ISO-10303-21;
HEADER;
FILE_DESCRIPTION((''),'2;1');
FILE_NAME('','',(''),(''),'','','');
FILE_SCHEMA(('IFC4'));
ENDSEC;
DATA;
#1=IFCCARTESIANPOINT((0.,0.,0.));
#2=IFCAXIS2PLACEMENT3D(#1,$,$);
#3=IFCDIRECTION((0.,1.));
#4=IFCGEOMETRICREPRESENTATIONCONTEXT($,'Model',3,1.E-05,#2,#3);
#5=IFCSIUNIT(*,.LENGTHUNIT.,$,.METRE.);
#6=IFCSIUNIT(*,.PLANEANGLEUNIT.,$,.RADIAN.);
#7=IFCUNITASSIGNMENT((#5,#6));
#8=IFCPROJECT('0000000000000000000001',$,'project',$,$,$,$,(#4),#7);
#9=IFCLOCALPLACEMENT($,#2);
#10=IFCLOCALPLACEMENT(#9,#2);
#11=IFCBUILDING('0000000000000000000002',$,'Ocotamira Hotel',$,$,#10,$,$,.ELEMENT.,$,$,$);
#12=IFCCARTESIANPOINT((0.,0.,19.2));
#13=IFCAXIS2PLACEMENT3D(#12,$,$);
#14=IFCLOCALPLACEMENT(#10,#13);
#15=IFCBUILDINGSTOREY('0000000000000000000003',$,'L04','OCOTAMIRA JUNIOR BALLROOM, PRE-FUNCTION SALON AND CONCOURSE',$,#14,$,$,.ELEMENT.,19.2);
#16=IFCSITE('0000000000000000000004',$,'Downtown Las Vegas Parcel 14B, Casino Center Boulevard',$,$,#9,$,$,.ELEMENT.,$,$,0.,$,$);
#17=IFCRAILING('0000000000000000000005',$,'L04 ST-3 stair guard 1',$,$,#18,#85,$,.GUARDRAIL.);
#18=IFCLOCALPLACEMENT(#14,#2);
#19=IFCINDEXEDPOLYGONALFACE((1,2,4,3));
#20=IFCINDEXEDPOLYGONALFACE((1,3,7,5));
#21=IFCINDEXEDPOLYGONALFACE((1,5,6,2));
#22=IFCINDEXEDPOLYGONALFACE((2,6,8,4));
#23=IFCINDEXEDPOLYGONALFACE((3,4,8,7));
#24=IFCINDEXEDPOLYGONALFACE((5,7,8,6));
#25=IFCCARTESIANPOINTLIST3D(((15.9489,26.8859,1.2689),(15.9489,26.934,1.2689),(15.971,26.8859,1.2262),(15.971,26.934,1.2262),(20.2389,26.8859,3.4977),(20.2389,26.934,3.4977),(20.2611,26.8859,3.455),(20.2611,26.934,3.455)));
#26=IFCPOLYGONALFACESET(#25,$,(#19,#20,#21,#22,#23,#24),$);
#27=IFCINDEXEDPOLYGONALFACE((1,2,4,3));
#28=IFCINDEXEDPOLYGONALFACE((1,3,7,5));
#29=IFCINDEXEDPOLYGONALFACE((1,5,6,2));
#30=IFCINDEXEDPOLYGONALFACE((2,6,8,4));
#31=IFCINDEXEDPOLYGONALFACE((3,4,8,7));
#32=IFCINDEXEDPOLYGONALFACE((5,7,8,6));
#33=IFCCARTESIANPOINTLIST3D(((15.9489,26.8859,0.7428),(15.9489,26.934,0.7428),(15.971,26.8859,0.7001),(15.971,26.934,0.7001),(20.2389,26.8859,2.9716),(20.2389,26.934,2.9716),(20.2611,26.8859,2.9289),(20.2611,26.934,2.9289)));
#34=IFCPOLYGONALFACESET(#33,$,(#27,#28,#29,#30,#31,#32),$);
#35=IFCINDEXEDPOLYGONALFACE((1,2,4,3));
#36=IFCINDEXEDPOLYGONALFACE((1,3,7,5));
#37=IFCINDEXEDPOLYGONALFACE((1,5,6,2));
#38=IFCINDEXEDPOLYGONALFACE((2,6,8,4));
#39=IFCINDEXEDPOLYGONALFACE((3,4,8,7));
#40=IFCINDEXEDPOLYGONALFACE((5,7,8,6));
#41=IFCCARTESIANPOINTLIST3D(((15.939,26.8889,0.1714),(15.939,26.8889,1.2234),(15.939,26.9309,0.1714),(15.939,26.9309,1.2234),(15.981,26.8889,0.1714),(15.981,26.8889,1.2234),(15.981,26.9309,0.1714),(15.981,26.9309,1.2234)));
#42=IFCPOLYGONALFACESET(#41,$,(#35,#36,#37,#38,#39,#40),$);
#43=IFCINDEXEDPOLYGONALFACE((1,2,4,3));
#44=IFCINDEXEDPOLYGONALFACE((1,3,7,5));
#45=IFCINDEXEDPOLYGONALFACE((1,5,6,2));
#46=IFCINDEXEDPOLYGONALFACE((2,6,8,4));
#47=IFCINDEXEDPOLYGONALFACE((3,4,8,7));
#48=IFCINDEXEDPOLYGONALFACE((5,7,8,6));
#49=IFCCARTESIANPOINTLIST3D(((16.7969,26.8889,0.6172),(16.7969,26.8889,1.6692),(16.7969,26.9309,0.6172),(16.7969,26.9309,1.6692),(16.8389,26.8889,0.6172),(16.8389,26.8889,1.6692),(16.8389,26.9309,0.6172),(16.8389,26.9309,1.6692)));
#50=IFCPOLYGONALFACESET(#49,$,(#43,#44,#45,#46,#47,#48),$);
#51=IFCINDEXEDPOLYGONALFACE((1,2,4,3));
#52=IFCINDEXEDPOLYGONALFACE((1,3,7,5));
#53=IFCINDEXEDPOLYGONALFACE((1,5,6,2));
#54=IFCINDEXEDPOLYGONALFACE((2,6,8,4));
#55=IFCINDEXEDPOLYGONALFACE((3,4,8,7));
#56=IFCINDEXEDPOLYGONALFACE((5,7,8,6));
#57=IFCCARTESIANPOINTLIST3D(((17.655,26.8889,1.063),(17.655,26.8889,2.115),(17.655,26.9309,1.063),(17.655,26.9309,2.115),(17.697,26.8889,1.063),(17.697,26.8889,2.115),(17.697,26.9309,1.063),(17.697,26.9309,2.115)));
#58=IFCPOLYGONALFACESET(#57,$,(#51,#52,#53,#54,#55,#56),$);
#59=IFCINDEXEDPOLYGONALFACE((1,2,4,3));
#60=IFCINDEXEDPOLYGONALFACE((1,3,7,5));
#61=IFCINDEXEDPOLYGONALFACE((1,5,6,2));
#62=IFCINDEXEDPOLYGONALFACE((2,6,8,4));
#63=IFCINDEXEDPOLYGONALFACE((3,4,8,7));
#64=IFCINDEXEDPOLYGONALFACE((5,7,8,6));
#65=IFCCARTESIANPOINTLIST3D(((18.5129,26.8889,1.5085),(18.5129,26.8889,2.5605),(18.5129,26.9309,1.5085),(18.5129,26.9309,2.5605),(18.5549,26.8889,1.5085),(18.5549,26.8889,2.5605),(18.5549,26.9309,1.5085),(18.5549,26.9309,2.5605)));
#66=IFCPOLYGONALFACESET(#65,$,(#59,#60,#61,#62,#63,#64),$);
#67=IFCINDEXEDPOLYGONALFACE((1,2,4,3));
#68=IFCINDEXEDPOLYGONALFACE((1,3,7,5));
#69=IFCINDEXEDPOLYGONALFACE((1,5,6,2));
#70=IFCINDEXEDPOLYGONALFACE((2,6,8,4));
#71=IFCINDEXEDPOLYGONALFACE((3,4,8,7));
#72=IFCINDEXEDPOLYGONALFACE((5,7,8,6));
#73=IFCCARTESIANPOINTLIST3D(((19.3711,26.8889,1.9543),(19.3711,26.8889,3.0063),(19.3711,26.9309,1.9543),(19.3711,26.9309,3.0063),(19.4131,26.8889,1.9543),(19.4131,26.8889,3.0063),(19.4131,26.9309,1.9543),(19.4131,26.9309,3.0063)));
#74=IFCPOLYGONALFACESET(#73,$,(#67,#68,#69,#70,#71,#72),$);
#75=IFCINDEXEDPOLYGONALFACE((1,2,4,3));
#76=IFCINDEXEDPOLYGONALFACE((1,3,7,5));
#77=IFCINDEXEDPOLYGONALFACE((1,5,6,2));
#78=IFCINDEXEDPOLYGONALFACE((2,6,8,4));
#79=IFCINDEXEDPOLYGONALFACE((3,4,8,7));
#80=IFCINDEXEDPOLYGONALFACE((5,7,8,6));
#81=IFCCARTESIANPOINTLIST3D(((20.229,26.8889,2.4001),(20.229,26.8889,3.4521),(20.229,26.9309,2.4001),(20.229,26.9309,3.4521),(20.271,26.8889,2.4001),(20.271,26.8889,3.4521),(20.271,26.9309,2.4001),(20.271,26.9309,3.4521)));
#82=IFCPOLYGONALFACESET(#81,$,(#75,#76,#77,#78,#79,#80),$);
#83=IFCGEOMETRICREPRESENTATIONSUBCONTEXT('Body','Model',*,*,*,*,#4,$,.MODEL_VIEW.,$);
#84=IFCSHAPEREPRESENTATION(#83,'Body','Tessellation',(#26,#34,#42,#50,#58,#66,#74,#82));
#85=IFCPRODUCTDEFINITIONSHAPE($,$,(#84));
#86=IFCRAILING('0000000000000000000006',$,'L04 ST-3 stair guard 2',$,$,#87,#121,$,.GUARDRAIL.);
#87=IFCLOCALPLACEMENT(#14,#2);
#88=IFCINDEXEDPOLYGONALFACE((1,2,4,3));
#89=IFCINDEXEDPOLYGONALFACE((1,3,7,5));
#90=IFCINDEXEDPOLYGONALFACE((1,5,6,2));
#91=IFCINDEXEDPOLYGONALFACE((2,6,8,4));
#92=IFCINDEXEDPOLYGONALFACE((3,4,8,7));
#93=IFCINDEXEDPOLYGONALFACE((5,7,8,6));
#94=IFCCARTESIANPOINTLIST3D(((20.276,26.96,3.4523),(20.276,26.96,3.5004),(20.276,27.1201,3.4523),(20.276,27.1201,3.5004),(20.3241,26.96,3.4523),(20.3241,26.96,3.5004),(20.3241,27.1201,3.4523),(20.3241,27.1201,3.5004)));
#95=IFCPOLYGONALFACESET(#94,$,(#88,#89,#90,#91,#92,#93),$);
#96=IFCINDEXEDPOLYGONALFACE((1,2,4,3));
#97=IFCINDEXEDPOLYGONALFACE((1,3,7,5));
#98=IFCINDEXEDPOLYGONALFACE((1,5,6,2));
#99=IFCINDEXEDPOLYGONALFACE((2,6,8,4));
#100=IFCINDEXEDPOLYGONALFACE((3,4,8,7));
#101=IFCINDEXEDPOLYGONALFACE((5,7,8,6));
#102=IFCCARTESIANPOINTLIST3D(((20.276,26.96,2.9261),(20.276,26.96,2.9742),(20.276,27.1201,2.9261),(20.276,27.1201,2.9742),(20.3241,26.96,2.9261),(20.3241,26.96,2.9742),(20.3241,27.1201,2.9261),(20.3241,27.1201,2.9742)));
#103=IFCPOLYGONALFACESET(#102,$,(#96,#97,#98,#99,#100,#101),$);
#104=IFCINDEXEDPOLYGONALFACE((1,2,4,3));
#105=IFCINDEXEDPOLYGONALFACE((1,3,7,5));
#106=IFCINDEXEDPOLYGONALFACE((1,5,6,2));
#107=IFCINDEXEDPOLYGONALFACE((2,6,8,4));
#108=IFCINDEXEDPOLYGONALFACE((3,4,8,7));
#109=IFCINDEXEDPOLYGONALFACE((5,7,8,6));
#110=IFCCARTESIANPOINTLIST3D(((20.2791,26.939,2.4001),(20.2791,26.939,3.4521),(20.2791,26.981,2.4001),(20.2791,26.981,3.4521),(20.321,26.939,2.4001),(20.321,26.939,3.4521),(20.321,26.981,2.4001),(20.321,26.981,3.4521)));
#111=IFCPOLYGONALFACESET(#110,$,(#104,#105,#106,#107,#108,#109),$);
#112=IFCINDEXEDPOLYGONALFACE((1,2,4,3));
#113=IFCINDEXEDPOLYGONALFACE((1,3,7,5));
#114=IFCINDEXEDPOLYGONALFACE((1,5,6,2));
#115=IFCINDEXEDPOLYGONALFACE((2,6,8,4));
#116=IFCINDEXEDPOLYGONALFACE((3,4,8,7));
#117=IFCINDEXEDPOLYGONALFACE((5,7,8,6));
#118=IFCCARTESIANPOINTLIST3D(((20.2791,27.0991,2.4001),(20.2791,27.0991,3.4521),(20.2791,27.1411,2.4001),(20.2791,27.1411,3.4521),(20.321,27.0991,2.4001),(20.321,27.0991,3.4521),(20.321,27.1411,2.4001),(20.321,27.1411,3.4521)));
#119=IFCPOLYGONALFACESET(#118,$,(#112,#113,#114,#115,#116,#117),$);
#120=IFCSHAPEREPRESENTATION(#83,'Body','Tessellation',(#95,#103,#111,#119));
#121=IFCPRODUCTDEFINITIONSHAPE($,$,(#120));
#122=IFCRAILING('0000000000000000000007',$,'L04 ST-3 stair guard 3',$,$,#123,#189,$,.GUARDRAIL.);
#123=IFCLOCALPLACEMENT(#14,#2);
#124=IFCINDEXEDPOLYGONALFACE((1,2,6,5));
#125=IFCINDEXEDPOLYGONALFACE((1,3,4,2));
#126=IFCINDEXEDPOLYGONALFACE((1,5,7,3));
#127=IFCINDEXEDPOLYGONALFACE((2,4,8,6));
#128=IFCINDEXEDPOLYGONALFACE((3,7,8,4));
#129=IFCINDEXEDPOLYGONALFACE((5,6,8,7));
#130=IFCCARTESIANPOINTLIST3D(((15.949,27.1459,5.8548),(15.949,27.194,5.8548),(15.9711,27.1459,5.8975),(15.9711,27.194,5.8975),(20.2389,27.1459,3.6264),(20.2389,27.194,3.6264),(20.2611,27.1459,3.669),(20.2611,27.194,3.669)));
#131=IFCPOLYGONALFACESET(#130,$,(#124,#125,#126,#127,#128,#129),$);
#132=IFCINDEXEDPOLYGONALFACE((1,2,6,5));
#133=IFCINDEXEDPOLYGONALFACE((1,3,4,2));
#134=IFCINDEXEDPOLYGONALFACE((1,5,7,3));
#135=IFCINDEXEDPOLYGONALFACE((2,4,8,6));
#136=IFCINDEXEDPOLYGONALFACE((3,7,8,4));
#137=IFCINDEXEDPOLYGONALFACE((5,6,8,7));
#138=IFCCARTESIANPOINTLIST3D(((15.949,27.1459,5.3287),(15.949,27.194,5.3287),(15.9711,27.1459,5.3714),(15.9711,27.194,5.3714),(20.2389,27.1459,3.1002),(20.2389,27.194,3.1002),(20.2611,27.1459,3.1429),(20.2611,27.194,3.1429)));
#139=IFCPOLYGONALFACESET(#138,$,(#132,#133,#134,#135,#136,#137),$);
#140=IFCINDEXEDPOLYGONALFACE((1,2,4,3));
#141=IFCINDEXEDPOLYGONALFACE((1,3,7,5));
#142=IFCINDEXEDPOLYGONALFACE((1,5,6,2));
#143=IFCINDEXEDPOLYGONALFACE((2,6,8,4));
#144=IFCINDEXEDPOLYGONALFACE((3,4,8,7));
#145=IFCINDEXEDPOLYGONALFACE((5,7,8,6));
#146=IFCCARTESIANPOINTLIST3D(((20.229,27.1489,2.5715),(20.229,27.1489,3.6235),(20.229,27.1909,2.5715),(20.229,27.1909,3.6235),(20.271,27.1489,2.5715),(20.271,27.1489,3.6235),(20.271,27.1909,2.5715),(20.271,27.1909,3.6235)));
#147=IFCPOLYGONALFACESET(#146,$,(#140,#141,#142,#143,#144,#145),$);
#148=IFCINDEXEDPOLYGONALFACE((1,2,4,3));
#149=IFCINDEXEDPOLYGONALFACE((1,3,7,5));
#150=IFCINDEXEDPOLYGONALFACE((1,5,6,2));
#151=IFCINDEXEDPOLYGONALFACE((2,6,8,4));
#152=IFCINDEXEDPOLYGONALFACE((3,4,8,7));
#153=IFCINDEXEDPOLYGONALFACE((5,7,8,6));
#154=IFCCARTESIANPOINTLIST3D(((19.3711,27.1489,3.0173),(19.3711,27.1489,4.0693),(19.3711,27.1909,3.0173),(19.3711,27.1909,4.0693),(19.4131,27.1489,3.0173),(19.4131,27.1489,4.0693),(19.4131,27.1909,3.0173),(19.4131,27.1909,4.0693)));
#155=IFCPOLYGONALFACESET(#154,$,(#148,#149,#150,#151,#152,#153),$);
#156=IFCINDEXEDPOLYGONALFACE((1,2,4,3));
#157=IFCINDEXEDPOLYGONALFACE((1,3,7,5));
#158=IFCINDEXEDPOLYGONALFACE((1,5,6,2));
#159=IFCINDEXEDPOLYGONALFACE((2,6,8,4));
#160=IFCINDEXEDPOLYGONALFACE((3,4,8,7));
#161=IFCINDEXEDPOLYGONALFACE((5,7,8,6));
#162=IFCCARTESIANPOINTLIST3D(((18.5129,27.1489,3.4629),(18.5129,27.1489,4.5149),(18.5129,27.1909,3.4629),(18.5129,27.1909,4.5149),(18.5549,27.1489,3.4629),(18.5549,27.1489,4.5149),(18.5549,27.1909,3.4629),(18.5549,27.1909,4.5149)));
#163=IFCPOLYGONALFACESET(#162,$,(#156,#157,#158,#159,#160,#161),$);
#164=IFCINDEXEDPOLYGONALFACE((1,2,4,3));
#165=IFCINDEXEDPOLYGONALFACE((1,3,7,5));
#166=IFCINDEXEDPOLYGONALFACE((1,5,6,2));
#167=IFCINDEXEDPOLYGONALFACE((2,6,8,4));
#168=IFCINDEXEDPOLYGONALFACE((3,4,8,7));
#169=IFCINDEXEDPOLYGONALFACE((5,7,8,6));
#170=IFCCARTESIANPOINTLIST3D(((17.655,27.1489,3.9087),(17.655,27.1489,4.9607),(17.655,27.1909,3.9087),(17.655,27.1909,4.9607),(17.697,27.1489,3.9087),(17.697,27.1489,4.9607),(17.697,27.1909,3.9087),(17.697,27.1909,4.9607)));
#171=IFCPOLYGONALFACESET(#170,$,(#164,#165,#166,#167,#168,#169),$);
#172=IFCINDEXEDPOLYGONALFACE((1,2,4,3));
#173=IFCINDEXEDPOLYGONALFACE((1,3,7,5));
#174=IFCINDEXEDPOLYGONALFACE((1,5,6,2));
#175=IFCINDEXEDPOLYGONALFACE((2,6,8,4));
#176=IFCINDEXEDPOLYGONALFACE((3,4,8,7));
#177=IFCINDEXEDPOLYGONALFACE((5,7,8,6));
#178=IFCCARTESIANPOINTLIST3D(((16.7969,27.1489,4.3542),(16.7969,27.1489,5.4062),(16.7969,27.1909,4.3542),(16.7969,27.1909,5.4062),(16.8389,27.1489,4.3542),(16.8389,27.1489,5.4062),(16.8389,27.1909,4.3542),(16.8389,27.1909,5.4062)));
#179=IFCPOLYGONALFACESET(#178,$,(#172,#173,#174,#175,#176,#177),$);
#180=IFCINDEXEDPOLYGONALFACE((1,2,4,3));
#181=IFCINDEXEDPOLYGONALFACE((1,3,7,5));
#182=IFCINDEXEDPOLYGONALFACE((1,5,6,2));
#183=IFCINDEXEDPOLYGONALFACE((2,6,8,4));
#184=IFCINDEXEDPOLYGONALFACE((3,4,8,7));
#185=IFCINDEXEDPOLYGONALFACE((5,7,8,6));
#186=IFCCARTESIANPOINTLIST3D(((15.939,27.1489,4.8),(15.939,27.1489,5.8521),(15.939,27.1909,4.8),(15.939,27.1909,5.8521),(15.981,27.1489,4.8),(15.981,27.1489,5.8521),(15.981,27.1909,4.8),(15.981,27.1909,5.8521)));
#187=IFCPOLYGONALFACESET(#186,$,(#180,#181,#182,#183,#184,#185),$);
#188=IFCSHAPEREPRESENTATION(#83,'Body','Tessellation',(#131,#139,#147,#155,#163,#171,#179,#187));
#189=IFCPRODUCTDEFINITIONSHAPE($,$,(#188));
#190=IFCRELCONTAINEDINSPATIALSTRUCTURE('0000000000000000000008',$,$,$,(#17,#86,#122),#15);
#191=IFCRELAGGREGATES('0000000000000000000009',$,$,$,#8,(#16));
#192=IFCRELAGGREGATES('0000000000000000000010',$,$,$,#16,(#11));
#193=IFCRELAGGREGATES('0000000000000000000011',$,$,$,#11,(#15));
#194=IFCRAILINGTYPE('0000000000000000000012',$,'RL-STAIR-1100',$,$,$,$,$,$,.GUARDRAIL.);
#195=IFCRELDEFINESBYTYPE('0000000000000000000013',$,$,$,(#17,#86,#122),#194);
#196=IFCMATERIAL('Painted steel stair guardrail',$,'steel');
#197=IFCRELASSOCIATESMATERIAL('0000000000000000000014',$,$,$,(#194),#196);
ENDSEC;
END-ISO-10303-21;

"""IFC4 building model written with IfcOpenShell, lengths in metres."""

from ifc_helpers import new_model, si_unit, direction, frame, origin, origin_2d, place, context, subcontext, project, spatial, rectangle, extrude, material, type_object, element, save


model = new_model("IFC4")

# Units and contexts
model_context = context("Model", 3, precision=1e-05, world=origin(), true_north=direction((0.0, 1.0)))
body_context = subcontext(model_context, "Body", "Model", "MODEL_VIEW")
ifc_project = project(units=[si_unit("LENGTHUNIT", "METRE"), si_unit("PLANEANGLEUNIT", "RADIAN")], contexts=[model_context])

# Site, building, storey
site_placement = place(None, origin())
site = spatial("IfcSite", under=ifc_project, at=site_placement, Name="Downtown Las Vegas Parcel 14B, Casino Center Boulevard", CompositionType="ELEMENT", RefElevation=0.0)
building_placement = place(site_placement, origin())
building = spatial("IfcBuilding", under=site, at=building_placement, Name="Ocotamira Hotel", CompositionType="ELEMENT")
storey_placement = place(building_placement, frame((0.0, 0.0, 19.2)))
storey = spatial("IfcBuildingStorey", under=building, at=storey_placement, Name="L04", Description="OCOTAMIRA JUNIOR BALLROOM, PRE-FUNCTION SALON AND CONCOURSE", CompositionType="ELEMENT", Elevation=19.2)

# Railings
ifc_material_1 = material(Name="Painted steel stair guardrail", Category="steel")
railing_type_1 = type_object("IfcRailingType", Name="RL-STAIR-1100", PredefinedType="GUARDRAIL", material=ifc_material_1)
railing_1_placement = place(storey_placement, frame((15.96, 26.9099, 0.1714)))
element("IfcRailing", 1, at=railing_1_placement, inside=storey, type_object=railing_type_1, Name="L04 ST-3 stair guard 1", PredefinedType="GUARDRAIL", context=body_context, shape_type="SweptSolid", body=[
    extrude(rectangle(XDim=0.0481, YDim=0.0481, at=origin_2d()), frame((0.0, 0.0, 1.0762), z_axis=(0.887391, 0.0, 0.461017), x_axis=(0.0, 1.0, 0.0)), (0.0, 0.0, 1.0), 4.8345),
    extrude(rectangle(XDim=0.0481, YDim=0.0481, at=origin_2d()), frame((0.0, 0.0, 0.55), z_axis=(0.887391, 0.0, 0.461017), x_axis=(0.0, 1.0, 0.0)), (0.0, 0.0, 1.0), 4.8345),
    extrude(rectangle(XDim=0.042, YDim=0.042, at=origin_2d()), origin(), (0.0, 0.0, 1.0), 1.052),
    extrude(rectangle(XDim=0.042, YDim=0.042, at=origin_2d()), frame((0.8579, 0.0, 0.4458)), (0.0, 0.0, 1.0), 1.052),
    extrude(rectangle(XDim=0.042, YDim=0.042, at=origin_2d()), frame((1.7161, 0.0, 0.8916)), (0.0, 0.0, 1.0), 1.052),
    extrude(rectangle(XDim=0.042, YDim=0.042, at=origin_2d()), frame((2.574, 0.0, 1.3372)), (0.0, 0.0, 1.0), 1.052),
    extrude(rectangle(XDim=0.042, YDim=0.042, at=origin_2d()), frame((3.4321, 0.0, 1.783)), (0.0, 0.0, 1.0), 1.052),
    extrude(rectangle(XDim=0.042, YDim=0.042, at=origin_2d()), frame((4.29, 0.0, 2.2288)), (0.0, 0.0, 1.0), 1.052),
])
railing_2_placement = place(storey_placement, frame((20.3, 26.96, 2.4001)))
element("IfcRailing", 2, at=railing_2_placement, inside=storey, type_object=railing_type_1, Name="L04 ST-3 stair guard 2", PredefinedType="GUARDRAIL", context=body_context, shape_type="SweptSolid", body=[
    extrude(rectangle(XDim=0.0481, YDim=0.0481, at=origin_2d()), frame((0.0, 0.0, 1.0762), z_axis=(0.0, 1.0, 0.0), x_axis=(-1.0, 0.0, 0.0)), (0.0, 0.0, 1.0), 0.1602),
    extrude(rectangle(XDim=0.0481, YDim=0.0481, at=origin_2d()), frame((0.0, 0.0, 0.55), z_axis=(0.0, 1.0, 0.0), x_axis=(-1.0, 0.0, 0.0)), (0.0, 0.0, 1.0), 0.1602),
    extrude(rectangle(XDim=0.042, YDim=0.042, at=origin_2d()), origin(), (0.0, 0.0, 1.0), 1.052),
    extrude(rectangle(XDim=0.042, YDim=0.042, at=origin_2d()), frame((0.0, 0.1602, 0.0)), (0.0, 0.0, 1.0), 1.052),
])
railing_3_placement = place(storey_placement, frame((20.25, 27.1699, 2.5715)))
element("IfcRailing", 3, at=railing_3_placement, inside=storey, type_object=railing_type_1, Name="L04 ST-3 stair guard 3", PredefinedType="GUARDRAIL", context=body_context, shape_type="SweptSolid", body=[
    extrude(rectangle(XDim=0.0481, YDim=0.0481, at=origin_2d()), frame((0.0, 0.0, 1.0762), z_axis=(-0.887412, 0.0, 0.460977), x_axis=(0.0, -1.0, 0.0)), (0.0, 0.0, 1.0), 4.8342),
    extrude(rectangle(XDim=0.0481, YDim=0.0481, at=origin_2d()), frame((0.0, 0.0, 0.55), z_axis=(-0.887412, 0.0, 0.460977), x_axis=(0.0, -1.0, 0.0)), (0.0, 0.0, 1.0), 4.8342),
    extrude(rectangle(XDim=0.042, YDim=0.042, at=origin_2d()), origin(), (0.0, 0.0, 1.0), 1.052),
    extrude(rectangle(XDim=0.042, YDim=0.042, at=origin_2d()), frame((-0.8579, 0.0, 0.4458)), (0.0, 0.0, 1.0), 1.052),
    extrude(rectangle(XDim=0.042, YDim=0.042, at=origin_2d()), frame((-1.7161, 0.0, 0.8914)), (0.0, 0.0, 1.0), 1.052),
    extrude(rectangle(XDim=0.042, YDim=0.042, at=origin_2d()), frame((-2.574, 0.0, 1.3372)), (0.0, 0.0, 1.0), 1.052),
    extrude(rectangle(XDim=0.042, YDim=0.042, at=origin_2d()), frame((-3.4321, 0.0, 1.7827)), (0.0, 0.0, 1.0), 1.052),
    extrude(rectangle(XDim=0.042, YDim=0.042, at=origin_2d()), frame((-4.29, 0.0, 2.2285)), (0.0, 0.0, 1.0), 1.052),
])

save(model, "model.ifc")
